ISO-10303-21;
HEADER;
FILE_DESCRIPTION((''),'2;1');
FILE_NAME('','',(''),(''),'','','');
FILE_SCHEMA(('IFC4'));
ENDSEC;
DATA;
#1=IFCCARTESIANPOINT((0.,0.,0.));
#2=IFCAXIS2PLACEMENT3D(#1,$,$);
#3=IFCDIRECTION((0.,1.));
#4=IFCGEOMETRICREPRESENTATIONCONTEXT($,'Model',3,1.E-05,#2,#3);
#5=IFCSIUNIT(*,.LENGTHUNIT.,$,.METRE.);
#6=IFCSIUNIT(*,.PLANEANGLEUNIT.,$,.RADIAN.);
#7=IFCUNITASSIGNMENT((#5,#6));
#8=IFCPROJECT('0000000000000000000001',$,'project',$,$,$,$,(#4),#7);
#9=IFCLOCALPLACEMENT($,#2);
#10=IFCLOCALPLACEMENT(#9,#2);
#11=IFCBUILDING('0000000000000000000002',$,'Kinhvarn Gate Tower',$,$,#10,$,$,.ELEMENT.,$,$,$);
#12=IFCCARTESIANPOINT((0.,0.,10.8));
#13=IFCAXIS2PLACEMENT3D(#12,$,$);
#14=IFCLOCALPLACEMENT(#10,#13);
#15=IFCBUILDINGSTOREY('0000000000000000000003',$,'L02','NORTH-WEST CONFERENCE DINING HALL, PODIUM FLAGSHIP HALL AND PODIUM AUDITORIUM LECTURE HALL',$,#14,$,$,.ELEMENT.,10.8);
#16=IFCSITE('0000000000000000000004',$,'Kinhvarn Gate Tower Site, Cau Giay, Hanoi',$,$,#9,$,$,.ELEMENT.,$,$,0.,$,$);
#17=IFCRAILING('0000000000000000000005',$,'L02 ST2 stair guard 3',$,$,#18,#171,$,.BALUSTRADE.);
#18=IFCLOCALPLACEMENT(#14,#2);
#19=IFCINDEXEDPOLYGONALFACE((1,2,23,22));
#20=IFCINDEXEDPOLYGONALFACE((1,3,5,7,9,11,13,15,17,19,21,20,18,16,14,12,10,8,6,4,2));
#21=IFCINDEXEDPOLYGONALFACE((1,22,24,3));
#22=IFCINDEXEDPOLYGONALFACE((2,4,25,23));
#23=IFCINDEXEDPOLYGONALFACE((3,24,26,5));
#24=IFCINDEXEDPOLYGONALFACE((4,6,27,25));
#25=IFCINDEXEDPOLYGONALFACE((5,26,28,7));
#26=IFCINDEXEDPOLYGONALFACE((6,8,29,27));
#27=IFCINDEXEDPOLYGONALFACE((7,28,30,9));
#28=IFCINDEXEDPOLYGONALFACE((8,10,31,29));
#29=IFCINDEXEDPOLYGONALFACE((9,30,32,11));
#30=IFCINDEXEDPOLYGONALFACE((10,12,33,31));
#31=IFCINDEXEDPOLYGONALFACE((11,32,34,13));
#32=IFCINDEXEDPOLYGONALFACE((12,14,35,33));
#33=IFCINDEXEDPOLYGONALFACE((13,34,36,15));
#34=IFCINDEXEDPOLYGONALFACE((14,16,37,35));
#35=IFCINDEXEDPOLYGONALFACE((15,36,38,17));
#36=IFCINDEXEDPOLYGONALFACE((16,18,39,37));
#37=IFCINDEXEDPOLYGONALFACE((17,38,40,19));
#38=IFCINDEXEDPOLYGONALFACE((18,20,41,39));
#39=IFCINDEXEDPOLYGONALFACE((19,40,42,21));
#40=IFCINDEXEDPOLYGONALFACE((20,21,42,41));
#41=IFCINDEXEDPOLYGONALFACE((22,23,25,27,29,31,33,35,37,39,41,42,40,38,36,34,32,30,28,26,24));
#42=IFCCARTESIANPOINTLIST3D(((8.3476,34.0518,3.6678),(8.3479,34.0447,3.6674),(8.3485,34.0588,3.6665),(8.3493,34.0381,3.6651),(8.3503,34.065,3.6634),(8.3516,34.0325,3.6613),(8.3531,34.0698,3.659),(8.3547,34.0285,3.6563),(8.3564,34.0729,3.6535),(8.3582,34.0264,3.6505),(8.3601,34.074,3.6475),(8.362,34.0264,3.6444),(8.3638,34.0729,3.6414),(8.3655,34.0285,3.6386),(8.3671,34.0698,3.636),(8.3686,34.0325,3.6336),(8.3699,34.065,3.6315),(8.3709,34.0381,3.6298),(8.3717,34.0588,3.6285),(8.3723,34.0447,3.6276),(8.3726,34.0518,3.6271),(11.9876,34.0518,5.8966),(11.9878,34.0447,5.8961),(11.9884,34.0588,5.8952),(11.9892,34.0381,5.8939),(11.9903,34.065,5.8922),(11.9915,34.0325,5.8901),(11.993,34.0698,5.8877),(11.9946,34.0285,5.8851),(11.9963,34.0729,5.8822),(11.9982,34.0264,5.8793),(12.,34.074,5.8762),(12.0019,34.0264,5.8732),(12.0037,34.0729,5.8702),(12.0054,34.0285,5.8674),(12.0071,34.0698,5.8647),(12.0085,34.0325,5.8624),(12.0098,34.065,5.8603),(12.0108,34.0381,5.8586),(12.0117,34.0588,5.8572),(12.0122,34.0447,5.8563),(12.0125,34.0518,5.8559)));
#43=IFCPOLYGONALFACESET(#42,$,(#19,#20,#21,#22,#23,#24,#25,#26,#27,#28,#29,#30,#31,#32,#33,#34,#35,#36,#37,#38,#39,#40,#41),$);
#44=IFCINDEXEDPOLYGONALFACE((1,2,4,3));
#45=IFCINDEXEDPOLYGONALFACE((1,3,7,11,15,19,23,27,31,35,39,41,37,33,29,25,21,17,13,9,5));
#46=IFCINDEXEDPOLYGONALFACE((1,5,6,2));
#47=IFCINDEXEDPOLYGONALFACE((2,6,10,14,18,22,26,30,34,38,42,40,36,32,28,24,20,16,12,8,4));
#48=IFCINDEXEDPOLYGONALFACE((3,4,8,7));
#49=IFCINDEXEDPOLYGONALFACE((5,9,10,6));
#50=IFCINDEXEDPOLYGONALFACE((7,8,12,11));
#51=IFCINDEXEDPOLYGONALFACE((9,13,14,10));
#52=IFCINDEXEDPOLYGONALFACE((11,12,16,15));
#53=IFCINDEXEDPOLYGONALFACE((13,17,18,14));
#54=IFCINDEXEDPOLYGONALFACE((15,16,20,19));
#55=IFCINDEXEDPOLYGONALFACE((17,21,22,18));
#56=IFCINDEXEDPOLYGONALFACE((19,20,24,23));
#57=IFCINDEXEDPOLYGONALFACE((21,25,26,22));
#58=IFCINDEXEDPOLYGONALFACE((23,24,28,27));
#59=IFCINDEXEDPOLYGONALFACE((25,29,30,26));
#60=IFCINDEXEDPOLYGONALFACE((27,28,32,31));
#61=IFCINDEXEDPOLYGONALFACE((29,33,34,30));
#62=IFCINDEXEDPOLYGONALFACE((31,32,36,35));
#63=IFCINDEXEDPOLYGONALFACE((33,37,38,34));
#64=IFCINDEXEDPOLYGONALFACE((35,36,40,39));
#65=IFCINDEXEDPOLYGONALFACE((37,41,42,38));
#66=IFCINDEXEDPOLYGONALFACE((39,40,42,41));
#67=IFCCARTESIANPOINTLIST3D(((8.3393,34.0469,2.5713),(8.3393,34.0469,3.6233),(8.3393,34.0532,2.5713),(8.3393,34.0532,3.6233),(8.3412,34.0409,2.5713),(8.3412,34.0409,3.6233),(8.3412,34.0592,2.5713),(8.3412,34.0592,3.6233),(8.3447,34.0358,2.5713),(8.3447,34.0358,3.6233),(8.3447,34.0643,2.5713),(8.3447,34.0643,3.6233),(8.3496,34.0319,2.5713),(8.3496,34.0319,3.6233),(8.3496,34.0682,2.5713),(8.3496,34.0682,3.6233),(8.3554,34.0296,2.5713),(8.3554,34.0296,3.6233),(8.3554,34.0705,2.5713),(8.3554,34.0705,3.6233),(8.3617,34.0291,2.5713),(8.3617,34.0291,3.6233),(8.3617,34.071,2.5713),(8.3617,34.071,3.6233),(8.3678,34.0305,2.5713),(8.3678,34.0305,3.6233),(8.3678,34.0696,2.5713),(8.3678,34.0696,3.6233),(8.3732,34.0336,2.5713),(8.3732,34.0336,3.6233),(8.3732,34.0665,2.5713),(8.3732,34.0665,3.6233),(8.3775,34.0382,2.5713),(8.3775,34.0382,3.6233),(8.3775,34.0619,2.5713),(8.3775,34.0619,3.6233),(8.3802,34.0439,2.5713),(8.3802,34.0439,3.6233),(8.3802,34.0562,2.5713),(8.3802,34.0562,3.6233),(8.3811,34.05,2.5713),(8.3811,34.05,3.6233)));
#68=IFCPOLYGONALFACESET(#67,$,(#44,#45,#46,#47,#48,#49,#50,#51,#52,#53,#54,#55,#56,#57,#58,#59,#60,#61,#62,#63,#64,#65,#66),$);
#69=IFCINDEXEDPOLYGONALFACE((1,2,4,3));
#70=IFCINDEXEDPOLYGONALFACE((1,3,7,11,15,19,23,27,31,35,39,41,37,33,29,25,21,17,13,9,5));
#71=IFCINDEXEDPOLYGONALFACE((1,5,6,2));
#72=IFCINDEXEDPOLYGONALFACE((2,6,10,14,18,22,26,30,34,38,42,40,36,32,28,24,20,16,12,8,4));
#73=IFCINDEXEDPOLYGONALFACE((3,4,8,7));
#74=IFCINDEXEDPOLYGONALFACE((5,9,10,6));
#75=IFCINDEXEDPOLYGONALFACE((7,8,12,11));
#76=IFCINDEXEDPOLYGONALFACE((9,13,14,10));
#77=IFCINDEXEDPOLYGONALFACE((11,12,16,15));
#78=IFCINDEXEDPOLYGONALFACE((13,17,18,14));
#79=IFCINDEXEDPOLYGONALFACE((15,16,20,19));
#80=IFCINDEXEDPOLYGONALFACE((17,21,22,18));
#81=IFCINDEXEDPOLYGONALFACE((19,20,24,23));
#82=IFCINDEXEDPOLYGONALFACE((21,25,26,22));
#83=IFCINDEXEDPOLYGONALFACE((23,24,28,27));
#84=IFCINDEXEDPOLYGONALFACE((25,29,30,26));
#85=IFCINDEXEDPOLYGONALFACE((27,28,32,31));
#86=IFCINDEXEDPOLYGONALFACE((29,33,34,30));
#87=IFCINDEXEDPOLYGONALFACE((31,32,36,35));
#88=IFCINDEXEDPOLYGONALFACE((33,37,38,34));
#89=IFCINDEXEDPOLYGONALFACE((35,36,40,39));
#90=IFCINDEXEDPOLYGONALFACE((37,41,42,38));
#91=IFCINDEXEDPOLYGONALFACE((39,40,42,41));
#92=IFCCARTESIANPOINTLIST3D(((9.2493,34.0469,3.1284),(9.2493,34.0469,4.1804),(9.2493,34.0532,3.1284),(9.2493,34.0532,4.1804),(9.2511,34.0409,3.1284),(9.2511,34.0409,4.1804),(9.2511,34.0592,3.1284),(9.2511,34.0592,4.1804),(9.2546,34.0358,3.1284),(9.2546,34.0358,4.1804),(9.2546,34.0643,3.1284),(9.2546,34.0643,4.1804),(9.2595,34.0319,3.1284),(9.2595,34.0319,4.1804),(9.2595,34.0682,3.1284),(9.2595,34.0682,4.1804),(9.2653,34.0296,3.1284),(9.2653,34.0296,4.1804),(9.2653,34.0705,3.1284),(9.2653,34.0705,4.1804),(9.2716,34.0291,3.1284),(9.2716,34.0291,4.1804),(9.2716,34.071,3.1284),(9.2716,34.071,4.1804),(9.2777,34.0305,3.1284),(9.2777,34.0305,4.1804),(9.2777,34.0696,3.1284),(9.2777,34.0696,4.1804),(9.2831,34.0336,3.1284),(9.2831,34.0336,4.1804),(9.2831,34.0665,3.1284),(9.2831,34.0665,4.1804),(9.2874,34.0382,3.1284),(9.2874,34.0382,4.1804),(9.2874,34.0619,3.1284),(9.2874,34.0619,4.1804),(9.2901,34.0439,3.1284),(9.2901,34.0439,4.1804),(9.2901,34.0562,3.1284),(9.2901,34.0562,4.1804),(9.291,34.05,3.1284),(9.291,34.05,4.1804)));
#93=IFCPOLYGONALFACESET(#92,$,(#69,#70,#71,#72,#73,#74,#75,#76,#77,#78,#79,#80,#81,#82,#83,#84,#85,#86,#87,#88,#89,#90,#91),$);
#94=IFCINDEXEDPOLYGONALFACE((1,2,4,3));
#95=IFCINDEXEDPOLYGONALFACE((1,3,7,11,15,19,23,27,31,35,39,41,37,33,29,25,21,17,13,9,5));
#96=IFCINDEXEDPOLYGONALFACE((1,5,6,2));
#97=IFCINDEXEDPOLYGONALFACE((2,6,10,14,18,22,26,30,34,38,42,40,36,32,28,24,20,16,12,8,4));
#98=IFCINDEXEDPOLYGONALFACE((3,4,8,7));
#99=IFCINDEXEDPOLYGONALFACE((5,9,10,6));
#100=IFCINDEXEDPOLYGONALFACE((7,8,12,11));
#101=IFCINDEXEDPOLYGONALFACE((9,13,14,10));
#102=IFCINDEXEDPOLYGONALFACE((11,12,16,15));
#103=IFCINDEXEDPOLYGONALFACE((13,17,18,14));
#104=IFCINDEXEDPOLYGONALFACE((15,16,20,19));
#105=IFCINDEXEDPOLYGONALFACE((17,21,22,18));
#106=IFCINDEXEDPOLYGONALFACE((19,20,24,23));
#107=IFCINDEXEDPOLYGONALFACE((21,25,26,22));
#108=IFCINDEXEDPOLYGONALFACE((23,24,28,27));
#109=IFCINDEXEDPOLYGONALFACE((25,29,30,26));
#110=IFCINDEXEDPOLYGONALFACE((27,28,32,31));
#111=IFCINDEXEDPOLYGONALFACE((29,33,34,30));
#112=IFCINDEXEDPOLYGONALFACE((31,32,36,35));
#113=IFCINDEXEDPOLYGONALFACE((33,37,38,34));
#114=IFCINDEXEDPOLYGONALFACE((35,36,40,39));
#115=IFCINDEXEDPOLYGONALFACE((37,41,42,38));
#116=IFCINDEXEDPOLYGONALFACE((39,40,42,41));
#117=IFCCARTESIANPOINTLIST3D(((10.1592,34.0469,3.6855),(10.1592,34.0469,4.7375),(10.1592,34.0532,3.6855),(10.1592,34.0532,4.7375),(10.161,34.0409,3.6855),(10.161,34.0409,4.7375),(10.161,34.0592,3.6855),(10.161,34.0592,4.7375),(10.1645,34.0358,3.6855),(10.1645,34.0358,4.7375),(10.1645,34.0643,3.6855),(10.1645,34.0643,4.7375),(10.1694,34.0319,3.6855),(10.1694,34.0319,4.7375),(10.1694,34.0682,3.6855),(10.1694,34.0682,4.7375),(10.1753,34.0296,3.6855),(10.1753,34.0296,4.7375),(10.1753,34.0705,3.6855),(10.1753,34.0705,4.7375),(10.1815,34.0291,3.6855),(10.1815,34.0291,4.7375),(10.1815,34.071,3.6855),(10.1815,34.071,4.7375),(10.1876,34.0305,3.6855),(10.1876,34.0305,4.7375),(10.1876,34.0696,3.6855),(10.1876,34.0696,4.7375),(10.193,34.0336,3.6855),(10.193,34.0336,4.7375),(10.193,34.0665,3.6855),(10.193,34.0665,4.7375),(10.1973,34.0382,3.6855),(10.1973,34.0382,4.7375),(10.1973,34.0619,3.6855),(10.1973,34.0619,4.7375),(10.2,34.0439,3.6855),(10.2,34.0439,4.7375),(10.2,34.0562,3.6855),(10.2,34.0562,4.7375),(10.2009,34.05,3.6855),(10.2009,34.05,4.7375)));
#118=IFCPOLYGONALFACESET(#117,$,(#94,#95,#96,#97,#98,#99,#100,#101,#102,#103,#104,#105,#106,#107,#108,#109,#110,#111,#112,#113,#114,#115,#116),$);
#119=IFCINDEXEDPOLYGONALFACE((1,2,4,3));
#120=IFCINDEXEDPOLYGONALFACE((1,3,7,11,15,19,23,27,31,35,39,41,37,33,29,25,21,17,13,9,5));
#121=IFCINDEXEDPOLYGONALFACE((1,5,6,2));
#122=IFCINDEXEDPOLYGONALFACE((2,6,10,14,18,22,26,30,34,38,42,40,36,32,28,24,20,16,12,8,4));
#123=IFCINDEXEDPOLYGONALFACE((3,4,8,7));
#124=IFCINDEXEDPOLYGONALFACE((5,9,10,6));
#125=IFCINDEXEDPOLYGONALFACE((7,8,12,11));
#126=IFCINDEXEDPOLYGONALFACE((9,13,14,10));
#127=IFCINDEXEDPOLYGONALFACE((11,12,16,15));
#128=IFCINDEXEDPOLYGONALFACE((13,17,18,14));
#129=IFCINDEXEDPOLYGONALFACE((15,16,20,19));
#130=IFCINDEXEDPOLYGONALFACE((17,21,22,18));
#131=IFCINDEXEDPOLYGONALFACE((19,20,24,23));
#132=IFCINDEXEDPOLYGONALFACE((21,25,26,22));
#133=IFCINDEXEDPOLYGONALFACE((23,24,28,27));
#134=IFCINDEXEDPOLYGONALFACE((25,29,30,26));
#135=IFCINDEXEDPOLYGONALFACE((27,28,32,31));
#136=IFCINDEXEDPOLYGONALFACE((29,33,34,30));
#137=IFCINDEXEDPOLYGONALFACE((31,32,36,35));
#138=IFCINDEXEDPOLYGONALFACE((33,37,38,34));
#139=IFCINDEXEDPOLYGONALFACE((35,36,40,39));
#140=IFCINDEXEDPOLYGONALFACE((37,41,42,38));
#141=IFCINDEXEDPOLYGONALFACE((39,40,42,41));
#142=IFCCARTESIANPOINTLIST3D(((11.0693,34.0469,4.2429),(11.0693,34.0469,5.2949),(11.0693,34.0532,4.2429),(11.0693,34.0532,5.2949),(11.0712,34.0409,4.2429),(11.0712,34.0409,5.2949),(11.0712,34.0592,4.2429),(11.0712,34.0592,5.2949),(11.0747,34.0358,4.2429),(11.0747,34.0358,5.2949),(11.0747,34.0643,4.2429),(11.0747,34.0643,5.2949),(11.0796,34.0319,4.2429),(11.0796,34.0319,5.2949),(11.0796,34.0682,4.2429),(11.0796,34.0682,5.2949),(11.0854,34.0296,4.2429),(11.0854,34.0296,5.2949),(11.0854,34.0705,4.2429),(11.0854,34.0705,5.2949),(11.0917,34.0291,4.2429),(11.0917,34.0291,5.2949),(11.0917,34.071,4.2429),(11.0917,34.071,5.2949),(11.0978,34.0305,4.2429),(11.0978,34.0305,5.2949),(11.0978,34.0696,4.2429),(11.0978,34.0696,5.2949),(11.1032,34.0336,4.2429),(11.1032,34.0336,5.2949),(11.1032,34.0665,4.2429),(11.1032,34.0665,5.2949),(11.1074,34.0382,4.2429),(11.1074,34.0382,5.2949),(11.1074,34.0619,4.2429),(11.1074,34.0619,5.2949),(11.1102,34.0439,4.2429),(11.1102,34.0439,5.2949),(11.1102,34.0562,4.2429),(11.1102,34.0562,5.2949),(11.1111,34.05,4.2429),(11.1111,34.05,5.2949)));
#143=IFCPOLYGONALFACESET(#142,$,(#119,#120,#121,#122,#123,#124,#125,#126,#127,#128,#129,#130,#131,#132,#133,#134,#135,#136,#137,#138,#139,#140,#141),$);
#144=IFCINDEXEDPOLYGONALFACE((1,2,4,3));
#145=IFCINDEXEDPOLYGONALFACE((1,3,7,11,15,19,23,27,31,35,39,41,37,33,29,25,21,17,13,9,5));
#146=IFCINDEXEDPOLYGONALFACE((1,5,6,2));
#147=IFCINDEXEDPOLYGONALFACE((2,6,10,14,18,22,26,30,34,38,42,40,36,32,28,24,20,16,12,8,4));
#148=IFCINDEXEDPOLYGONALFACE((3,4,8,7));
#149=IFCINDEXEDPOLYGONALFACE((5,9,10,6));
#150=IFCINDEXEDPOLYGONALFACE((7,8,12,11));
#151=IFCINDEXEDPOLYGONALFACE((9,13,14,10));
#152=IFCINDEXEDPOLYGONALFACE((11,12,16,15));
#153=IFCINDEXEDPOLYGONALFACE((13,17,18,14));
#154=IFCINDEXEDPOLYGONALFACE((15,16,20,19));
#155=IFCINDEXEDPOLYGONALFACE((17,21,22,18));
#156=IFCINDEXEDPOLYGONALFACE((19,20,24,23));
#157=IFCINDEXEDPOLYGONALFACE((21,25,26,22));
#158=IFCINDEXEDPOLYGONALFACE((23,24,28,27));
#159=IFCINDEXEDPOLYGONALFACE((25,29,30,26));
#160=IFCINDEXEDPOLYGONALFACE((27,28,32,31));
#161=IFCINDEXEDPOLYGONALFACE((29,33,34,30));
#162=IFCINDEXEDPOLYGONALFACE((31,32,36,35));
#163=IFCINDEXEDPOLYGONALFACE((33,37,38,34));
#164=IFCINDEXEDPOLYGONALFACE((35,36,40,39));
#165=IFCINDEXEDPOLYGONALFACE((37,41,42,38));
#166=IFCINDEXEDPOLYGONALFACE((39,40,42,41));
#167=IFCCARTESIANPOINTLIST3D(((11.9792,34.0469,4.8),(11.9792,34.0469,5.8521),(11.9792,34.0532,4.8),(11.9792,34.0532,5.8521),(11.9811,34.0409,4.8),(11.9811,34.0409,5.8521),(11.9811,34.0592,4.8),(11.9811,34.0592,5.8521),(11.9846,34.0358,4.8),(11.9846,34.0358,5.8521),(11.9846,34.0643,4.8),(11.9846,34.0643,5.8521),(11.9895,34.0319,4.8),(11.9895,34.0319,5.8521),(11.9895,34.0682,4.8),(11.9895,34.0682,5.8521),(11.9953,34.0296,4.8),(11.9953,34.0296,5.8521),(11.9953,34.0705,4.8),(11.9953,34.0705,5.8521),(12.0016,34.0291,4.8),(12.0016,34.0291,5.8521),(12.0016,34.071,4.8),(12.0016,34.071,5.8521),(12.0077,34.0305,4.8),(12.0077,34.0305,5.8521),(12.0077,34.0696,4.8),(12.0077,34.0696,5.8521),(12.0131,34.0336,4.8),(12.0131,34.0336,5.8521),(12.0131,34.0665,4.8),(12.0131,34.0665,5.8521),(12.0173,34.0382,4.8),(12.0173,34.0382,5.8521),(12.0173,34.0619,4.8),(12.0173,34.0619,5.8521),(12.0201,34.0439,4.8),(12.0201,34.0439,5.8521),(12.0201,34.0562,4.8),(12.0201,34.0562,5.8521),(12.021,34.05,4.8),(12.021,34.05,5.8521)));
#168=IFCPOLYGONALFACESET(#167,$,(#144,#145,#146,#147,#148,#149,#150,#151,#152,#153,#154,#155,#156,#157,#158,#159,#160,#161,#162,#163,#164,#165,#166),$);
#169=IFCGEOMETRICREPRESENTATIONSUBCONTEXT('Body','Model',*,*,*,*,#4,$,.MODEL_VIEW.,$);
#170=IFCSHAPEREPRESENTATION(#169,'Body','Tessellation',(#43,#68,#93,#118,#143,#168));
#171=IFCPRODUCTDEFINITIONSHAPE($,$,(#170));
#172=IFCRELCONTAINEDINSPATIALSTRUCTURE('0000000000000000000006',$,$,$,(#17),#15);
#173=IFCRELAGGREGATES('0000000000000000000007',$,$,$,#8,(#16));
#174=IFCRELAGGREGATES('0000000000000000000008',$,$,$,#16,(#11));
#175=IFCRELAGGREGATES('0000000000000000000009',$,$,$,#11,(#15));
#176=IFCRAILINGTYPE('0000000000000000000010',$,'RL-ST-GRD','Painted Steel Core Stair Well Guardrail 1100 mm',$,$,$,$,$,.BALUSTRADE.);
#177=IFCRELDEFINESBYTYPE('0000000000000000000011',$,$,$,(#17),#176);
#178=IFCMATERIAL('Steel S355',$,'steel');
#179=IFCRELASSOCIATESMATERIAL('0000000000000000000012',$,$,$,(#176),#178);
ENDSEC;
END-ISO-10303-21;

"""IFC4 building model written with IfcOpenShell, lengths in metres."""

from ifc_helpers import new_model, si_unit, direction, frame, origin, origin_2d, place, context, subcontext, project, spatial, circle, extrude, material, type_object, element, save


model = new_model("IFC4")

# Units and contexts
model_context = context("Model", 3, precision=1e-05, world=origin(), true_north=direction((0.0, 1.0)))
body_context = subcontext(model_context, "Body", "Model", "MODEL_VIEW")
ifc_project = project(units=[si_unit("LENGTHUNIT", "METRE"), si_unit("PLANEANGLEUNIT", "RADIAN")], contexts=[model_context])

# Site, building, storey
site_placement = place(None, origin())
site = spatial("IfcSite", under=ifc_project, at=site_placement, Name="Kinhvarn Gate Tower Site, Cau Giay, Hanoi", CompositionType="ELEMENT", RefElevation=0.0)
building_placement = place(site_placement, origin())
building = spatial("IfcBuilding", under=site, at=building_placement, Name="Kinhvarn Gate Tower", CompositionType="ELEMENT")
storey_placement = place(building_placement, frame((0.0, 0.0, 10.8)))
storey = spatial("IfcBuildingStorey", under=building, at=storey_placement, Name="L02", Description="NORTH-WEST CONFERENCE DINING HALL, PODIUM FLAGSHIP HALL AND PODIUM AUDITORIUM LECTURE HALL", CompositionType="ELEMENT", Elevation=10.8)

# Shared definitions
ifc_material_1 = material(Name="Steel S355", Category="steel")

# Railing
railing_type = type_object("IfcRailingType", Name="RL-ST-GRD", Description="Painted Steel Core Stair Well Guardrail 1100 mm", PredefinedType="BALUSTRADE", material=ifc_material_1)
railing_1_placement = place(storey_placement, frame((8.3601, 34.05, 2.5713)))
element("IfcRailing", 1, at=railing_1_placement, inside=storey, type_object=railing_type, Name="L02 ST2 stair guard 3", PredefinedType="BALUSTRADE", context=body_context, shape_type="SweptSolid", body=[
    extrude(circle(Radius=0.0239, at=origin_2d()), frame((0.0, 0.0, 1.0762), z_axis=(0.852825, 0.0, 0.522197), x_axis=(0.0, 1.0, 0.0)), (0.0, 0.0, 1.0), 4.2681),
    extrude(circle(Radius=0.021, at=origin_2d()), origin(), (0.0, 0.0, 1.0), 1.052),
    extrude(circle(Radius=0.021, at=origin_2d()), frame((0.9099, 0.0, 0.5571)), (0.0, 0.0, 1.0), 1.052),
    extrude(circle(Radius=0.021, at=origin_2d()), frame((1.8198, 0.0, 1.1143)), (0.0, 0.0, 1.0), 1.052),
    extrude(circle(Radius=0.021, at=origin_2d()), frame((2.73, 0.0, 1.6716)), (0.0, 0.0, 1.0), 1.052),
    extrude(circle(Radius=0.021, at=origin_2d()), frame((3.6399, 0.0, 2.2288)), (0.0, 0.0, 1.0), 1.052),
])

save(model, "model.ifc")
